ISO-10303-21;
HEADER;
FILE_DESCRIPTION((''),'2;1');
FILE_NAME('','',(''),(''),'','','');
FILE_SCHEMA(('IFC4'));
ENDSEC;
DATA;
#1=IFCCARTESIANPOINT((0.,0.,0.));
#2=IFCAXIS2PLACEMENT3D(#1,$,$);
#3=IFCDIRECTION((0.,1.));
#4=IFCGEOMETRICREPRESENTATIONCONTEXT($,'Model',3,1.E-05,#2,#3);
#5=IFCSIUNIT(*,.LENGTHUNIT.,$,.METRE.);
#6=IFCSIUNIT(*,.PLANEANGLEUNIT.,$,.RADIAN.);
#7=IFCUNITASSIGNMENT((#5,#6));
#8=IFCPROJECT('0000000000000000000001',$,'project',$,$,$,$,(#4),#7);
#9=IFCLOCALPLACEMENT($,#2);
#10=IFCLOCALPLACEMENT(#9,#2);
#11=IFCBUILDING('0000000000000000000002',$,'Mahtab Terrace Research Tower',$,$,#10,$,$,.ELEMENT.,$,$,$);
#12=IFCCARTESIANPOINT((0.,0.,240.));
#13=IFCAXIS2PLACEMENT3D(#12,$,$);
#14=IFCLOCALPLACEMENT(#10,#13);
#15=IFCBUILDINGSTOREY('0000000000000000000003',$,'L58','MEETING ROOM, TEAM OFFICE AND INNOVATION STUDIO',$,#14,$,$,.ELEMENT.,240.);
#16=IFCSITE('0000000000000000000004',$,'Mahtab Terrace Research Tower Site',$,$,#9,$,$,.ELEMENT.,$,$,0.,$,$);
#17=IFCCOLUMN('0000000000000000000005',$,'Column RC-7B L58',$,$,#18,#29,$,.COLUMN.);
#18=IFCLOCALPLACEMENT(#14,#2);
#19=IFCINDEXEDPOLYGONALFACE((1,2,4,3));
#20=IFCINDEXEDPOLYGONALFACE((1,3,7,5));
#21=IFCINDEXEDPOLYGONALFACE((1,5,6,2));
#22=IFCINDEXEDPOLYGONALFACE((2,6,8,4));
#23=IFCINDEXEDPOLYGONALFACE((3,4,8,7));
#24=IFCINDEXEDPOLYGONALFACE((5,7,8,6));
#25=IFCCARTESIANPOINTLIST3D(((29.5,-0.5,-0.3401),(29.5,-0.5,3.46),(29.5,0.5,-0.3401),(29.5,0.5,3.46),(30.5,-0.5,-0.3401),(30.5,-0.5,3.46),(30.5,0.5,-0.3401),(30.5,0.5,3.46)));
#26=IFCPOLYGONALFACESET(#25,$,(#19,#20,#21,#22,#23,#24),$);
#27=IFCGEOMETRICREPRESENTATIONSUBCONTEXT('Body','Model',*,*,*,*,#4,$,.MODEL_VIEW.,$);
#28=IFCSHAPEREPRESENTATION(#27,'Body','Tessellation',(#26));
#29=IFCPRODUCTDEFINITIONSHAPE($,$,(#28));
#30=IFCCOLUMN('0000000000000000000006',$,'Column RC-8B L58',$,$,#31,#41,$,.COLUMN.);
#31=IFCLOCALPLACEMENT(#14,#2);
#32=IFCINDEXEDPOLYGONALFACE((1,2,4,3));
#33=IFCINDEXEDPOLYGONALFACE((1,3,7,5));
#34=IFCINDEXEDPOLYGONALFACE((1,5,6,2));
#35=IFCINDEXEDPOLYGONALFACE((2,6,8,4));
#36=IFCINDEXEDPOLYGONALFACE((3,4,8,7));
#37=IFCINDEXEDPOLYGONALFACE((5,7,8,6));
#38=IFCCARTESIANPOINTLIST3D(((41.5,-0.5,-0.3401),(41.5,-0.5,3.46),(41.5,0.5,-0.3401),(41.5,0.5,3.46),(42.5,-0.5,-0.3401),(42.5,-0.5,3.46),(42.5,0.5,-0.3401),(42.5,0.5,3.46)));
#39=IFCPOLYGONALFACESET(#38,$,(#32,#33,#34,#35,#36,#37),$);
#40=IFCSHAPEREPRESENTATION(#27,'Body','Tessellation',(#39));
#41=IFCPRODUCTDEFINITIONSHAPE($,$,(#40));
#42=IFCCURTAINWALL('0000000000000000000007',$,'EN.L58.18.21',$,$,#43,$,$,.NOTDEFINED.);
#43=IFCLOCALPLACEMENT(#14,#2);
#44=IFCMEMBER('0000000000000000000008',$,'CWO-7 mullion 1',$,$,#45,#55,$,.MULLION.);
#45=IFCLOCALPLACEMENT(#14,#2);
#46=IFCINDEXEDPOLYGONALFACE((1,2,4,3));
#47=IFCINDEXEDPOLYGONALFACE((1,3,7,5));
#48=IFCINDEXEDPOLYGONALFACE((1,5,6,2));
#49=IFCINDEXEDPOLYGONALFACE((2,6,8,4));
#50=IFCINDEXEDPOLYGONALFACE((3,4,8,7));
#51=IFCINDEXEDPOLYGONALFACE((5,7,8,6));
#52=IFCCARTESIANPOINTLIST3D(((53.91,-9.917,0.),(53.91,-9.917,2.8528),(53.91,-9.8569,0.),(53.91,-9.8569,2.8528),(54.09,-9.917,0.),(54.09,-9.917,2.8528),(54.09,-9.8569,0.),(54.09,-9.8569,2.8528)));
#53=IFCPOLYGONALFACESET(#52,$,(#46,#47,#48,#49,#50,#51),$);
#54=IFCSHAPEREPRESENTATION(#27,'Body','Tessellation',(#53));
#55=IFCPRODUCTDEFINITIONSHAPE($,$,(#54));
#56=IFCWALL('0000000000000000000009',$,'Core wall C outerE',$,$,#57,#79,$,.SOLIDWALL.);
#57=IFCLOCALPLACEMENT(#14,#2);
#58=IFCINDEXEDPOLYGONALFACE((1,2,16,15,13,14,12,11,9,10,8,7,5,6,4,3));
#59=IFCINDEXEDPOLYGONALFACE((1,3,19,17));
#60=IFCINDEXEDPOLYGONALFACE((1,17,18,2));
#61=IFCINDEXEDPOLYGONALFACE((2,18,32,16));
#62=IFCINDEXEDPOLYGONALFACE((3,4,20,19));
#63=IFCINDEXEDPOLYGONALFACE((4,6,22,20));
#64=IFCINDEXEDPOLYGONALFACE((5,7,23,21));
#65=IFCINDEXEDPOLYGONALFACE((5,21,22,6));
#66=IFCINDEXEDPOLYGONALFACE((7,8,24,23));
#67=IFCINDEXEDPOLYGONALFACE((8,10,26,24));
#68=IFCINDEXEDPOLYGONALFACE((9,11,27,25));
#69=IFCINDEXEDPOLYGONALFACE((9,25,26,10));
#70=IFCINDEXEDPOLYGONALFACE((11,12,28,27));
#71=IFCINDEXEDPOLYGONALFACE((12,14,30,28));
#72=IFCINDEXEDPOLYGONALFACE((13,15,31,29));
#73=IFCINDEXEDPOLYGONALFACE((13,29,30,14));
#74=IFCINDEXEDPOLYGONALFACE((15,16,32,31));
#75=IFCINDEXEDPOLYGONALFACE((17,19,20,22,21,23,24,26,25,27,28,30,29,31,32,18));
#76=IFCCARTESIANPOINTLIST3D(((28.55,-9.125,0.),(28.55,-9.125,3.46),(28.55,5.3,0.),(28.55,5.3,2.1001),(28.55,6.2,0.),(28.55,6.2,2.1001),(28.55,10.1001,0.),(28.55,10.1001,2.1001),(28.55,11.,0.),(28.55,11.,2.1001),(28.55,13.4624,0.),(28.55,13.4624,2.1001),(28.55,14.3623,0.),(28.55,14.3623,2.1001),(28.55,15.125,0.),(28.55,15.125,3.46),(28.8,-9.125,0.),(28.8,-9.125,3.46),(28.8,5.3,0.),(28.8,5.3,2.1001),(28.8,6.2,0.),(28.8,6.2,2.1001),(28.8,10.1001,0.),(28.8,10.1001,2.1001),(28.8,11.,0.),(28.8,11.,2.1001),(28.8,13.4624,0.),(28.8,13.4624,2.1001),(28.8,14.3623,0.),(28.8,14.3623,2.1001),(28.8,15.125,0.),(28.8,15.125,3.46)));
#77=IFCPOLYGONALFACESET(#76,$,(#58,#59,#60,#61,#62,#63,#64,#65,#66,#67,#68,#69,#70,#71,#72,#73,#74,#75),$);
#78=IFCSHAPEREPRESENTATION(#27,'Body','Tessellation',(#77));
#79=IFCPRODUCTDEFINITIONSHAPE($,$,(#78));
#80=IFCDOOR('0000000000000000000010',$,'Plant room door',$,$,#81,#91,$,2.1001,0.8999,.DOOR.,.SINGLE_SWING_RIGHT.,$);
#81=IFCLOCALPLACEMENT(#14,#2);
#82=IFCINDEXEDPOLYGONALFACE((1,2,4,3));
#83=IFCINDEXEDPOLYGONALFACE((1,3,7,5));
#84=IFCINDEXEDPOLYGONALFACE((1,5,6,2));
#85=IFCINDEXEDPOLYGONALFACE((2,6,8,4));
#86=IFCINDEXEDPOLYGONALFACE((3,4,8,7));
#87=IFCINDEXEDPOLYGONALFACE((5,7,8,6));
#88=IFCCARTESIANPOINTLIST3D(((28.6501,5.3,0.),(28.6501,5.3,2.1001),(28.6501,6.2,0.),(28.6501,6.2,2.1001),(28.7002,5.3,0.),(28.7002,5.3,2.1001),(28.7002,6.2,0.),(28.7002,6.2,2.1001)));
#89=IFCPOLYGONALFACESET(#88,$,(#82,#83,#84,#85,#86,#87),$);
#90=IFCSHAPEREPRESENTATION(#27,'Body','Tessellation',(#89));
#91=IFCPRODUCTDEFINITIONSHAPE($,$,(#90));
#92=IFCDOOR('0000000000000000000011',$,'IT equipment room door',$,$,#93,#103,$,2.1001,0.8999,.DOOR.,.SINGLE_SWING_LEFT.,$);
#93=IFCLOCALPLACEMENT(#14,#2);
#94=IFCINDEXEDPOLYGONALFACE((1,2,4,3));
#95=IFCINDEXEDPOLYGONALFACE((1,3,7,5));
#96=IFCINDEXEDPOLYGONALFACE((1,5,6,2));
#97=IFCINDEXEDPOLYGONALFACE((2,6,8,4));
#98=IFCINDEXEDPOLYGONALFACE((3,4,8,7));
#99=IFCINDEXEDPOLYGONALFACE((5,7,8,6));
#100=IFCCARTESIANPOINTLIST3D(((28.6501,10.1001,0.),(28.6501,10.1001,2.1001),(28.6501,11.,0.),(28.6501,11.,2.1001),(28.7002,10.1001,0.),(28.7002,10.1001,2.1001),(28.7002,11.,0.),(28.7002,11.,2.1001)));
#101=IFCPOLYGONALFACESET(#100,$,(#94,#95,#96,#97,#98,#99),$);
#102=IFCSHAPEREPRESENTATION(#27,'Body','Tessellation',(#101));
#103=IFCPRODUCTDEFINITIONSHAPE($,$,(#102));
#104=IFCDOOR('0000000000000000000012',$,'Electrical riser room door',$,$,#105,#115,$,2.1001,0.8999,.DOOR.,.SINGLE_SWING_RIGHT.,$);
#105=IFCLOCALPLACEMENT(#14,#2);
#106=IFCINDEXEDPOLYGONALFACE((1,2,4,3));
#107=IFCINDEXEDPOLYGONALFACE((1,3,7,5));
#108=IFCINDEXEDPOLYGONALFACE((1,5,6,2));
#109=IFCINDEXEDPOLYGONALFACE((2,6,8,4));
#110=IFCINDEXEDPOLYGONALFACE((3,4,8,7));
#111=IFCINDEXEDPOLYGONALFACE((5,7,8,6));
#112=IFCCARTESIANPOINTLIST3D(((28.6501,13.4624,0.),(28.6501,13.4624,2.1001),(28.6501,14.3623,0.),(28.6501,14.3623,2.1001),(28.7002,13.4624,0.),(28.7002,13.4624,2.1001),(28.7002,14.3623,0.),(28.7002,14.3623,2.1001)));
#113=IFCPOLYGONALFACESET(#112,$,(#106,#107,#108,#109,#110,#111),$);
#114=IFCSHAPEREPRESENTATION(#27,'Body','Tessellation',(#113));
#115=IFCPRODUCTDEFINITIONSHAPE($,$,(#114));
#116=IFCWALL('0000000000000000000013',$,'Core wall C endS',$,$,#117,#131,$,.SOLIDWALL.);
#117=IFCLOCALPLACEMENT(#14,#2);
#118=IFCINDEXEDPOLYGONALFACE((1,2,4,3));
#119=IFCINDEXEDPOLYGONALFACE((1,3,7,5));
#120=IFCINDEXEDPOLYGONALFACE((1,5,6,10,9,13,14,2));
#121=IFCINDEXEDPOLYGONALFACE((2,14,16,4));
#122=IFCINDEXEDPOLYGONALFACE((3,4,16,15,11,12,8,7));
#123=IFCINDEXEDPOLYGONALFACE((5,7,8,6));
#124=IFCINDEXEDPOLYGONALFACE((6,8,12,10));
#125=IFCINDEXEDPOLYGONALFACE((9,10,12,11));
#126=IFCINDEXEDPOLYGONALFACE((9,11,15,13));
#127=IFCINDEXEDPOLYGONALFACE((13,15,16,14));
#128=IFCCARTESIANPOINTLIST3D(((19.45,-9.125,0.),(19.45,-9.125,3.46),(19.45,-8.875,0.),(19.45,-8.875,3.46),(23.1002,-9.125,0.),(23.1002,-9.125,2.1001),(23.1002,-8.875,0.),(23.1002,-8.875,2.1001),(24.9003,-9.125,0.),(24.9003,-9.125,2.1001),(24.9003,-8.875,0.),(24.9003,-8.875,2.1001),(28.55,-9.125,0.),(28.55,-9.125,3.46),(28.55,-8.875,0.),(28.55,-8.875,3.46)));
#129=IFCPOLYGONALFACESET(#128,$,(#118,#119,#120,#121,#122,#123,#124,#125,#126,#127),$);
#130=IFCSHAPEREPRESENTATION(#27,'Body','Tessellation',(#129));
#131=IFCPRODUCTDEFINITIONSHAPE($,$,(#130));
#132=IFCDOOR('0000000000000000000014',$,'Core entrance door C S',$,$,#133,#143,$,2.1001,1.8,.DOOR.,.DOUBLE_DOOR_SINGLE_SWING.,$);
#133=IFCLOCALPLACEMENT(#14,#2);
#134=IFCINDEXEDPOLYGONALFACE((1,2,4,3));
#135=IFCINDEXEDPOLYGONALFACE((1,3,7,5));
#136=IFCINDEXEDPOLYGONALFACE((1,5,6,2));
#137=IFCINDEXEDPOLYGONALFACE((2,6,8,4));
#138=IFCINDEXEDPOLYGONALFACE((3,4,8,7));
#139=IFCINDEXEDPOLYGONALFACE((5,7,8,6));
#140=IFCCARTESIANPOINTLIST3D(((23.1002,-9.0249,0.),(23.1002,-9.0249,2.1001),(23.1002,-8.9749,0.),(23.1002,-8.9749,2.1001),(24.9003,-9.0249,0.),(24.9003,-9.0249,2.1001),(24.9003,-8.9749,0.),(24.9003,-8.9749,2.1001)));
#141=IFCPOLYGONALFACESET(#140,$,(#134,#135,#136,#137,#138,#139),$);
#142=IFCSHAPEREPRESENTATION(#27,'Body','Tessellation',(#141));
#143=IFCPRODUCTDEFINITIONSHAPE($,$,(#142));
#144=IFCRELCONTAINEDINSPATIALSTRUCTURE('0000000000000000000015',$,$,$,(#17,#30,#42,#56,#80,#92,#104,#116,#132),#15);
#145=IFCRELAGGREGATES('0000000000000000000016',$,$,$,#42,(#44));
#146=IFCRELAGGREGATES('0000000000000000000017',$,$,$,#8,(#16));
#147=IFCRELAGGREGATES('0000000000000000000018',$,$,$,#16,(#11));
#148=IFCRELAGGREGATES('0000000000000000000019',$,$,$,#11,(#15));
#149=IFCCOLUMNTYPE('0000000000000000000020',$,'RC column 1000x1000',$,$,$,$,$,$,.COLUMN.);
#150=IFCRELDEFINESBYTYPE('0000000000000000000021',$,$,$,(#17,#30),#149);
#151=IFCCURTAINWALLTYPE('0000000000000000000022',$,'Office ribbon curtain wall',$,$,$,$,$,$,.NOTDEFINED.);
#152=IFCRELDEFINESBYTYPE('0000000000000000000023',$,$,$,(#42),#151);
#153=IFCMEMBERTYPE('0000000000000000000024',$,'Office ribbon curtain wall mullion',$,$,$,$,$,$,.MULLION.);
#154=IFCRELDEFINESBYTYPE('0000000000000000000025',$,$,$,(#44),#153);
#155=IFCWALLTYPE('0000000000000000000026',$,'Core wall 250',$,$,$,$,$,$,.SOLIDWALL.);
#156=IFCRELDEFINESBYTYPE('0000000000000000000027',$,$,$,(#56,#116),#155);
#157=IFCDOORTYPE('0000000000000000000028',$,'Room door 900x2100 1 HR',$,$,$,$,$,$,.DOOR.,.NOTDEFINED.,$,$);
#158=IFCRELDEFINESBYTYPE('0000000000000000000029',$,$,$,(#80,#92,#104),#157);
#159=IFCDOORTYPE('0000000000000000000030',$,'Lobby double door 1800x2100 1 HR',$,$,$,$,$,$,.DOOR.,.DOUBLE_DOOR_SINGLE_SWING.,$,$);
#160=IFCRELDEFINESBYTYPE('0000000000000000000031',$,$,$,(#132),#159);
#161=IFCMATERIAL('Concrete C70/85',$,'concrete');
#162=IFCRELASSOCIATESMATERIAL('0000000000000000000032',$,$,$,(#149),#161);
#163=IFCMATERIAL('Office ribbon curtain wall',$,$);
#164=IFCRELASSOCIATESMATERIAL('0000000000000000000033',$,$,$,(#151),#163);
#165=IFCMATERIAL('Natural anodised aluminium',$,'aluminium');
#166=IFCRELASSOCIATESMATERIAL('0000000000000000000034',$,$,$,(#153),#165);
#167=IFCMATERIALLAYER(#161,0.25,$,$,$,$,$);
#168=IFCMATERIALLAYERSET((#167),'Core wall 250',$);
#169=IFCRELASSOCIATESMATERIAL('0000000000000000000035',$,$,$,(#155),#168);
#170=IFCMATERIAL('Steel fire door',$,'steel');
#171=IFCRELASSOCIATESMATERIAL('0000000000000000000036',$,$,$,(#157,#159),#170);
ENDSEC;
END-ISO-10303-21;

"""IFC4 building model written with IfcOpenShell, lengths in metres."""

from ifc_helpers import new_model, si_unit, direction, frame, frame_2d, origin, origin_2d, place, context, subcontext, project, spatial, rectangle, extrude, material, layer, layer_set, material_profile, profile_set, type_object, element, fill, aggregate, save


model = new_model("IFC4")

# Units and contexts
model_context = context("Model", 3, precision=1e-05, world=origin(), true_north=direction((0.0, 1.0)))
body_context = subcontext(model_context, "Body", "Model", "MODEL_VIEW")
ifc_project = project(units=[si_unit("LENGTHUNIT", "METRE"), si_unit("PLANEANGLEUNIT", "RADIAN")], contexts=[model_context])

# Site, building, storey
site_placement = place(None, origin())
site = spatial("IfcSite", under=ifc_project, at=site_placement, Name="Mahtab Terrace Research Tower Site", CompositionType="ELEMENT", RefElevation=0.0)
building_placement = place(site_placement, origin())
building = spatial("IfcBuilding", under=site, at=building_placement, Name="Mahtab Terrace Research Tower", CompositionType="ELEMENT")
storey_placement = place(building_placement, frame((0.0, 0.0, 240.0)))
storey = spatial("IfcBuildingStorey", under=building, at=storey_placement, Name="L58", Description="MEETING ROOM, TEAM OFFICE AND INNOVATION STUDIO", CompositionType="ELEMENT", Elevation=240.0)

# Columns
ifc_material_1 = material(Name="Concrete C70/85", Category="concrete")
ifc_material_profile_1 = material_profile(ifc_material_1, rectangle(XDim=1.0, YDim=1.0, at=origin_2d()), Name="RC column 1000x1000")
ifc_profile_set_1 = profile_set([ifc_material_profile_1], Name="Concrete C70/85")
column_type = type_object("IfcColumnType", Name="RC column 1000x1000", PredefinedType="COLUMN", material=ifc_profile_set_1)
for number, where, z_axis, x_axis, name in (
    (1, (30.0, 0.0, -0.3401), (0.0, 0.0, 1.0), (1.0, 0.0, 0.0), "Column RC-7B L58"),
    (2, (42.0, 0.0, -0.3401), (0.0, 0.0, 1.0), (1.0, 0.0, 0.0), "Column RC-8B L58"),
):
    element("IfcColumn", number, at=place(storey_placement, frame(where, z_axis=z_axis, x_axis=x_axis)), inside=storey, type_object=column_type, Name=name, PredefinedType="COLUMN", context=body_context, shape_type="SweptSolid", body=[
        extrude(rectangle(XDim=1.0, YDim=1.0, at=origin_2d()), origin(), (0.0, 0.0, 1.0), 3.8),
    ])

# Curtain wall, member
ifc_material_2 = material(Name="Office ribbon curtain wall")
curtain_wall_type = type_object("IfcCurtainWallType", Name="Office ribbon curtain wall", PredefinedType="NOTDEFINED", material=ifc_material_2)
curtain_wall_placement = place(storey_placement, origin())
curtain_wall = element("IfcCurtainWall", 3, at=curtain_wall_placement, inside=storey, type_object=curtain_wall_type, Name="EN.L58.18.21", PredefinedType="NOTDEFINED")
ifc_material_3 = material(Name="Natural anodised aluminium", Category="aluminium")
ifc_material_profile_2 = material_profile(ifc_material_3, rectangle(XDim=0.1799, YDim=0.0601, at=origin_2d()), Name="MULLION 60x180")
ifc_profile_set_2 = profile_set([ifc_material_profile_2], Name="Natural anodised aluminium")
member_type = type_object("IfcMemberType", Name="Office ribbon curtain wall mullion", PredefinedType="MULLION", material=ifc_profile_set_2)
member_placement = place(storey_placement, frame((54.0, -9.887, 0.0), z_axis=(0.0, 0.0, 1.0), x_axis=(-1.0, 0.0, 0.0)))
member = element("IfcMember", 4, at=member_placement, type_object=member_type, Name="CWO-7 mullion 1", PredefinedType="MULLION", context=body_context, shape_type="SweptSolid", body=[
    extrude(rectangle(XDim=0.1799, YDim=0.0601, at=origin_2d()), origin(), (0.0, 0.0, 1.0), 2.8528),
])
aggregate(curtain_wall, [member])

# Wall, openings, doors
ifc_layer_1 = layer(ifc_material_1, 0.25)
ifc_layer_set_1 = layer_set([ifc_layer_1], Name="Core wall 250")
wall_type_1 = type_object("IfcWallType", Name="Core wall 250", PredefinedType="SOLIDWALL", material=ifc_layer_set_1)
wall_1_placement = place(storey_placement, frame((28.675, -9.125, 0.0), z_axis=(0.0, 0.0, 1.0), x_axis=(0.0, 1.0, 0.0)))
wall_1 = element("IfcWall", 5, at=wall_1_placement, inside=storey, type_object=wall_type_1, Name="Core wall C outerE", PredefinedType="SOLIDWALL", context=body_context, shape_type="SweptSolid", body=[
    extrude(rectangle(XDim=24.25, YDim=0.25, at=frame_2d((12.125, 0.0))), origin(), (0.0, 0.0, 1.0), 3.46),
])
opening_1_placement = place(wall_1_placement, frame((14.425, 0.0, 0.0)))
opening_1 = element("IfcOpeningElement", 6, at=opening_1_placement, cuts=wall_1, PredefinedType="OPENING", context=body_context, shape_type="SweptSolid", body=[
    extrude(rectangle(XDim=0.8999, YDim=2.1001, at=frame_2d((0.45, 1.05))), frame((0.0, 0.135, 0.0), z_axis=(0.0, -1.0, 0.0), x_axis=(1.0, 0.0, 0.0)), (0.0, 0.0, 1.0), 0.27),
])
opening_2_placement = place(wall_1_placement, frame((19.2251, 0.0, 0.0)))
opening_2 = element("IfcOpeningElement", 7, at=opening_2_placement, cuts=wall_1, PredefinedType="OPENING", context=body_context, shape_type="SweptSolid", body=[
    extrude(rectangle(XDim=0.8999, YDim=2.1001, at=frame_2d((0.45, 1.05))), frame((0.0, 0.135, 0.0), z_axis=(0.0, -1.0, 0.0), x_axis=(1.0, 0.0, 0.0)), (0.0, 0.0, 1.0), 0.27),
])
opening_3_placement = place(wall_1_placement, frame((22.5874, 0.0, 0.0)))
opening_3 = element("IfcOpeningElement", 8, at=opening_3_placement, cuts=wall_1, PredefinedType="OPENING", context=body_context, shape_type="SweptSolid", body=[
    extrude(rectangle(XDim=0.8999, YDim=2.1001, at=frame_2d((0.45, 1.05))), frame((0.0, 0.135, 0.0), z_axis=(0.0, -1.0, 0.0), x_axis=(1.0, 0.0, 0.0)), (0.0, 0.0, 1.0), 0.27),
])
ifc_material_4 = material(Name="Steel fire door", Category="steel")
door_type_1 = type_object("IfcDoorType", Name="Room door 900x2100 1 HR", OperationType="NOTDEFINED", PredefinedType="DOOR", material=ifc_material_4)
door_1_placement = place(opening_1_placement, origin())
door_1 = element("IfcDoor", 9, at=door_1_placement, inside=storey, type_object=door_type_1, Name="Plant room door", OperationType="SINGLE_SWING_RIGHT", OverallHeight=2.1001, OverallWidth=0.8999, PredefinedType="DOOR", context=body_context, shape_type="SweptSolid", body=[
    extrude(rectangle(XDim=0.8999, YDim=2.1001, at=frame_2d((0.45, 1.05))), frame((0.0, 0.0249, 0.0), z_axis=(0.0, -1.0, 0.0), x_axis=(1.0, 0.0, 0.0)), (0.0, 0.0, 1.0), 0.05),
])
fill(opening_1, door_1)
door_2_placement = place(opening_2_placement, origin())
door_2 = element("IfcDoor", 10, at=door_2_placement, inside=storey, type_object=door_type_1, Name="IT equipment room door", OperationType="SINGLE_SWING_LEFT", OverallHeight=2.1001, OverallWidth=0.8999, PredefinedType="DOOR", context=body_context, shape_type="SweptSolid", body=[
    extrude(rectangle(XDim=0.8999, YDim=2.1001, at=frame_2d((0.45, 1.05))), frame((0.0, 0.0249, 0.0), z_axis=(0.0, -1.0, 0.0), x_axis=(1.0, 0.0, 0.0)), (0.0, 0.0, 1.0), 0.05),
])
fill(opening_2, door_2)
door_3_placement = place(opening_3_placement, origin())
door_3 = element("IfcDoor", 11, at=door_3_placement, inside=storey, type_object=door_type_1, Name="Electrical riser room door", OperationType="SINGLE_SWING_RIGHT", OverallHeight=2.1001, OverallWidth=0.8999, PredefinedType="DOOR", context=body_context, shape_type="SweptSolid", body=[
    extrude(rectangle(XDim=0.8999, YDim=2.1001, at=frame_2d((0.45, 1.05))), frame((0.0, 0.0249, 0.0), z_axis=(0.0, -1.0, 0.0), x_axis=(1.0, 0.0, 0.0)), (0.0, 0.0, 1.0), 0.05),
])
fill(opening_3, door_3)

# Wall, opening, door
wall_2_placement = place(storey_placement, frame((28.55, -9.0, 0.0), z_axis=(0.0, 0.0, 1.0), x_axis=(-1.0, 0.0, 0.0)))
wall_2 = element("IfcWall", 12, at=wall_2_placement, inside=storey, type_object=wall_type_1, Name="Core wall C endS", PredefinedType="SOLIDWALL", context=body_context, shape_type="SweptSolid", body=[
    extrude(rectangle(XDim=9.1001, YDim=0.25, at=frame_2d((4.55, 0.0))), origin(), (0.0, 0.0, 1.0), 3.46),
])
opening_4_placement = place(wall_2_placement, frame((3.6499, 0.0, 0.0)))
opening_4 = element("IfcOpeningElement", 13, at=opening_4_placement, cuts=wall_2, PredefinedType="OPENING", context=body_context, shape_type="SweptSolid", body=[
    extrude(rectangle(XDim=1.8, YDim=2.1001, at=frame_2d((0.8999, 1.05))), frame((0.0, 0.135, 0.0), z_axis=(0.0, -1.0, 0.0), x_axis=(1.0, 0.0, 0.0)), (0.0, 0.0, 1.0), 0.27),
])
door_type_2 = type_object("IfcDoorType", Name="Lobby double door 1800x2100 1 HR", OperationType="DOUBLE_DOOR_SINGLE_SWING", PredefinedType="DOOR", material=ifc_material_4)
door_4_placement = place(opening_4_placement, origin())
door_4 = element("IfcDoor", 14, at=door_4_placement, inside=storey, type_object=door_type_2, Name="Core entrance door C S", OperationType="DOUBLE_DOOR_SINGLE_SWING", OverallHeight=2.1001, OverallWidth=1.8, PredefinedType="DOOR", context=body_context, shape_type="SweptSolid", body=[
    extrude(rectangle(XDim=1.8, YDim=2.1001, at=frame_2d((0.8999, 1.05))), frame((0.0, 0.0249, 0.0), z_axis=(0.0, -1.0, 0.0), x_axis=(1.0, 0.0, 0.0)), (0.0, 0.0, 1.0), 0.05),
])
fill(opening_4, door_4)

save(model, "model.ifc")
